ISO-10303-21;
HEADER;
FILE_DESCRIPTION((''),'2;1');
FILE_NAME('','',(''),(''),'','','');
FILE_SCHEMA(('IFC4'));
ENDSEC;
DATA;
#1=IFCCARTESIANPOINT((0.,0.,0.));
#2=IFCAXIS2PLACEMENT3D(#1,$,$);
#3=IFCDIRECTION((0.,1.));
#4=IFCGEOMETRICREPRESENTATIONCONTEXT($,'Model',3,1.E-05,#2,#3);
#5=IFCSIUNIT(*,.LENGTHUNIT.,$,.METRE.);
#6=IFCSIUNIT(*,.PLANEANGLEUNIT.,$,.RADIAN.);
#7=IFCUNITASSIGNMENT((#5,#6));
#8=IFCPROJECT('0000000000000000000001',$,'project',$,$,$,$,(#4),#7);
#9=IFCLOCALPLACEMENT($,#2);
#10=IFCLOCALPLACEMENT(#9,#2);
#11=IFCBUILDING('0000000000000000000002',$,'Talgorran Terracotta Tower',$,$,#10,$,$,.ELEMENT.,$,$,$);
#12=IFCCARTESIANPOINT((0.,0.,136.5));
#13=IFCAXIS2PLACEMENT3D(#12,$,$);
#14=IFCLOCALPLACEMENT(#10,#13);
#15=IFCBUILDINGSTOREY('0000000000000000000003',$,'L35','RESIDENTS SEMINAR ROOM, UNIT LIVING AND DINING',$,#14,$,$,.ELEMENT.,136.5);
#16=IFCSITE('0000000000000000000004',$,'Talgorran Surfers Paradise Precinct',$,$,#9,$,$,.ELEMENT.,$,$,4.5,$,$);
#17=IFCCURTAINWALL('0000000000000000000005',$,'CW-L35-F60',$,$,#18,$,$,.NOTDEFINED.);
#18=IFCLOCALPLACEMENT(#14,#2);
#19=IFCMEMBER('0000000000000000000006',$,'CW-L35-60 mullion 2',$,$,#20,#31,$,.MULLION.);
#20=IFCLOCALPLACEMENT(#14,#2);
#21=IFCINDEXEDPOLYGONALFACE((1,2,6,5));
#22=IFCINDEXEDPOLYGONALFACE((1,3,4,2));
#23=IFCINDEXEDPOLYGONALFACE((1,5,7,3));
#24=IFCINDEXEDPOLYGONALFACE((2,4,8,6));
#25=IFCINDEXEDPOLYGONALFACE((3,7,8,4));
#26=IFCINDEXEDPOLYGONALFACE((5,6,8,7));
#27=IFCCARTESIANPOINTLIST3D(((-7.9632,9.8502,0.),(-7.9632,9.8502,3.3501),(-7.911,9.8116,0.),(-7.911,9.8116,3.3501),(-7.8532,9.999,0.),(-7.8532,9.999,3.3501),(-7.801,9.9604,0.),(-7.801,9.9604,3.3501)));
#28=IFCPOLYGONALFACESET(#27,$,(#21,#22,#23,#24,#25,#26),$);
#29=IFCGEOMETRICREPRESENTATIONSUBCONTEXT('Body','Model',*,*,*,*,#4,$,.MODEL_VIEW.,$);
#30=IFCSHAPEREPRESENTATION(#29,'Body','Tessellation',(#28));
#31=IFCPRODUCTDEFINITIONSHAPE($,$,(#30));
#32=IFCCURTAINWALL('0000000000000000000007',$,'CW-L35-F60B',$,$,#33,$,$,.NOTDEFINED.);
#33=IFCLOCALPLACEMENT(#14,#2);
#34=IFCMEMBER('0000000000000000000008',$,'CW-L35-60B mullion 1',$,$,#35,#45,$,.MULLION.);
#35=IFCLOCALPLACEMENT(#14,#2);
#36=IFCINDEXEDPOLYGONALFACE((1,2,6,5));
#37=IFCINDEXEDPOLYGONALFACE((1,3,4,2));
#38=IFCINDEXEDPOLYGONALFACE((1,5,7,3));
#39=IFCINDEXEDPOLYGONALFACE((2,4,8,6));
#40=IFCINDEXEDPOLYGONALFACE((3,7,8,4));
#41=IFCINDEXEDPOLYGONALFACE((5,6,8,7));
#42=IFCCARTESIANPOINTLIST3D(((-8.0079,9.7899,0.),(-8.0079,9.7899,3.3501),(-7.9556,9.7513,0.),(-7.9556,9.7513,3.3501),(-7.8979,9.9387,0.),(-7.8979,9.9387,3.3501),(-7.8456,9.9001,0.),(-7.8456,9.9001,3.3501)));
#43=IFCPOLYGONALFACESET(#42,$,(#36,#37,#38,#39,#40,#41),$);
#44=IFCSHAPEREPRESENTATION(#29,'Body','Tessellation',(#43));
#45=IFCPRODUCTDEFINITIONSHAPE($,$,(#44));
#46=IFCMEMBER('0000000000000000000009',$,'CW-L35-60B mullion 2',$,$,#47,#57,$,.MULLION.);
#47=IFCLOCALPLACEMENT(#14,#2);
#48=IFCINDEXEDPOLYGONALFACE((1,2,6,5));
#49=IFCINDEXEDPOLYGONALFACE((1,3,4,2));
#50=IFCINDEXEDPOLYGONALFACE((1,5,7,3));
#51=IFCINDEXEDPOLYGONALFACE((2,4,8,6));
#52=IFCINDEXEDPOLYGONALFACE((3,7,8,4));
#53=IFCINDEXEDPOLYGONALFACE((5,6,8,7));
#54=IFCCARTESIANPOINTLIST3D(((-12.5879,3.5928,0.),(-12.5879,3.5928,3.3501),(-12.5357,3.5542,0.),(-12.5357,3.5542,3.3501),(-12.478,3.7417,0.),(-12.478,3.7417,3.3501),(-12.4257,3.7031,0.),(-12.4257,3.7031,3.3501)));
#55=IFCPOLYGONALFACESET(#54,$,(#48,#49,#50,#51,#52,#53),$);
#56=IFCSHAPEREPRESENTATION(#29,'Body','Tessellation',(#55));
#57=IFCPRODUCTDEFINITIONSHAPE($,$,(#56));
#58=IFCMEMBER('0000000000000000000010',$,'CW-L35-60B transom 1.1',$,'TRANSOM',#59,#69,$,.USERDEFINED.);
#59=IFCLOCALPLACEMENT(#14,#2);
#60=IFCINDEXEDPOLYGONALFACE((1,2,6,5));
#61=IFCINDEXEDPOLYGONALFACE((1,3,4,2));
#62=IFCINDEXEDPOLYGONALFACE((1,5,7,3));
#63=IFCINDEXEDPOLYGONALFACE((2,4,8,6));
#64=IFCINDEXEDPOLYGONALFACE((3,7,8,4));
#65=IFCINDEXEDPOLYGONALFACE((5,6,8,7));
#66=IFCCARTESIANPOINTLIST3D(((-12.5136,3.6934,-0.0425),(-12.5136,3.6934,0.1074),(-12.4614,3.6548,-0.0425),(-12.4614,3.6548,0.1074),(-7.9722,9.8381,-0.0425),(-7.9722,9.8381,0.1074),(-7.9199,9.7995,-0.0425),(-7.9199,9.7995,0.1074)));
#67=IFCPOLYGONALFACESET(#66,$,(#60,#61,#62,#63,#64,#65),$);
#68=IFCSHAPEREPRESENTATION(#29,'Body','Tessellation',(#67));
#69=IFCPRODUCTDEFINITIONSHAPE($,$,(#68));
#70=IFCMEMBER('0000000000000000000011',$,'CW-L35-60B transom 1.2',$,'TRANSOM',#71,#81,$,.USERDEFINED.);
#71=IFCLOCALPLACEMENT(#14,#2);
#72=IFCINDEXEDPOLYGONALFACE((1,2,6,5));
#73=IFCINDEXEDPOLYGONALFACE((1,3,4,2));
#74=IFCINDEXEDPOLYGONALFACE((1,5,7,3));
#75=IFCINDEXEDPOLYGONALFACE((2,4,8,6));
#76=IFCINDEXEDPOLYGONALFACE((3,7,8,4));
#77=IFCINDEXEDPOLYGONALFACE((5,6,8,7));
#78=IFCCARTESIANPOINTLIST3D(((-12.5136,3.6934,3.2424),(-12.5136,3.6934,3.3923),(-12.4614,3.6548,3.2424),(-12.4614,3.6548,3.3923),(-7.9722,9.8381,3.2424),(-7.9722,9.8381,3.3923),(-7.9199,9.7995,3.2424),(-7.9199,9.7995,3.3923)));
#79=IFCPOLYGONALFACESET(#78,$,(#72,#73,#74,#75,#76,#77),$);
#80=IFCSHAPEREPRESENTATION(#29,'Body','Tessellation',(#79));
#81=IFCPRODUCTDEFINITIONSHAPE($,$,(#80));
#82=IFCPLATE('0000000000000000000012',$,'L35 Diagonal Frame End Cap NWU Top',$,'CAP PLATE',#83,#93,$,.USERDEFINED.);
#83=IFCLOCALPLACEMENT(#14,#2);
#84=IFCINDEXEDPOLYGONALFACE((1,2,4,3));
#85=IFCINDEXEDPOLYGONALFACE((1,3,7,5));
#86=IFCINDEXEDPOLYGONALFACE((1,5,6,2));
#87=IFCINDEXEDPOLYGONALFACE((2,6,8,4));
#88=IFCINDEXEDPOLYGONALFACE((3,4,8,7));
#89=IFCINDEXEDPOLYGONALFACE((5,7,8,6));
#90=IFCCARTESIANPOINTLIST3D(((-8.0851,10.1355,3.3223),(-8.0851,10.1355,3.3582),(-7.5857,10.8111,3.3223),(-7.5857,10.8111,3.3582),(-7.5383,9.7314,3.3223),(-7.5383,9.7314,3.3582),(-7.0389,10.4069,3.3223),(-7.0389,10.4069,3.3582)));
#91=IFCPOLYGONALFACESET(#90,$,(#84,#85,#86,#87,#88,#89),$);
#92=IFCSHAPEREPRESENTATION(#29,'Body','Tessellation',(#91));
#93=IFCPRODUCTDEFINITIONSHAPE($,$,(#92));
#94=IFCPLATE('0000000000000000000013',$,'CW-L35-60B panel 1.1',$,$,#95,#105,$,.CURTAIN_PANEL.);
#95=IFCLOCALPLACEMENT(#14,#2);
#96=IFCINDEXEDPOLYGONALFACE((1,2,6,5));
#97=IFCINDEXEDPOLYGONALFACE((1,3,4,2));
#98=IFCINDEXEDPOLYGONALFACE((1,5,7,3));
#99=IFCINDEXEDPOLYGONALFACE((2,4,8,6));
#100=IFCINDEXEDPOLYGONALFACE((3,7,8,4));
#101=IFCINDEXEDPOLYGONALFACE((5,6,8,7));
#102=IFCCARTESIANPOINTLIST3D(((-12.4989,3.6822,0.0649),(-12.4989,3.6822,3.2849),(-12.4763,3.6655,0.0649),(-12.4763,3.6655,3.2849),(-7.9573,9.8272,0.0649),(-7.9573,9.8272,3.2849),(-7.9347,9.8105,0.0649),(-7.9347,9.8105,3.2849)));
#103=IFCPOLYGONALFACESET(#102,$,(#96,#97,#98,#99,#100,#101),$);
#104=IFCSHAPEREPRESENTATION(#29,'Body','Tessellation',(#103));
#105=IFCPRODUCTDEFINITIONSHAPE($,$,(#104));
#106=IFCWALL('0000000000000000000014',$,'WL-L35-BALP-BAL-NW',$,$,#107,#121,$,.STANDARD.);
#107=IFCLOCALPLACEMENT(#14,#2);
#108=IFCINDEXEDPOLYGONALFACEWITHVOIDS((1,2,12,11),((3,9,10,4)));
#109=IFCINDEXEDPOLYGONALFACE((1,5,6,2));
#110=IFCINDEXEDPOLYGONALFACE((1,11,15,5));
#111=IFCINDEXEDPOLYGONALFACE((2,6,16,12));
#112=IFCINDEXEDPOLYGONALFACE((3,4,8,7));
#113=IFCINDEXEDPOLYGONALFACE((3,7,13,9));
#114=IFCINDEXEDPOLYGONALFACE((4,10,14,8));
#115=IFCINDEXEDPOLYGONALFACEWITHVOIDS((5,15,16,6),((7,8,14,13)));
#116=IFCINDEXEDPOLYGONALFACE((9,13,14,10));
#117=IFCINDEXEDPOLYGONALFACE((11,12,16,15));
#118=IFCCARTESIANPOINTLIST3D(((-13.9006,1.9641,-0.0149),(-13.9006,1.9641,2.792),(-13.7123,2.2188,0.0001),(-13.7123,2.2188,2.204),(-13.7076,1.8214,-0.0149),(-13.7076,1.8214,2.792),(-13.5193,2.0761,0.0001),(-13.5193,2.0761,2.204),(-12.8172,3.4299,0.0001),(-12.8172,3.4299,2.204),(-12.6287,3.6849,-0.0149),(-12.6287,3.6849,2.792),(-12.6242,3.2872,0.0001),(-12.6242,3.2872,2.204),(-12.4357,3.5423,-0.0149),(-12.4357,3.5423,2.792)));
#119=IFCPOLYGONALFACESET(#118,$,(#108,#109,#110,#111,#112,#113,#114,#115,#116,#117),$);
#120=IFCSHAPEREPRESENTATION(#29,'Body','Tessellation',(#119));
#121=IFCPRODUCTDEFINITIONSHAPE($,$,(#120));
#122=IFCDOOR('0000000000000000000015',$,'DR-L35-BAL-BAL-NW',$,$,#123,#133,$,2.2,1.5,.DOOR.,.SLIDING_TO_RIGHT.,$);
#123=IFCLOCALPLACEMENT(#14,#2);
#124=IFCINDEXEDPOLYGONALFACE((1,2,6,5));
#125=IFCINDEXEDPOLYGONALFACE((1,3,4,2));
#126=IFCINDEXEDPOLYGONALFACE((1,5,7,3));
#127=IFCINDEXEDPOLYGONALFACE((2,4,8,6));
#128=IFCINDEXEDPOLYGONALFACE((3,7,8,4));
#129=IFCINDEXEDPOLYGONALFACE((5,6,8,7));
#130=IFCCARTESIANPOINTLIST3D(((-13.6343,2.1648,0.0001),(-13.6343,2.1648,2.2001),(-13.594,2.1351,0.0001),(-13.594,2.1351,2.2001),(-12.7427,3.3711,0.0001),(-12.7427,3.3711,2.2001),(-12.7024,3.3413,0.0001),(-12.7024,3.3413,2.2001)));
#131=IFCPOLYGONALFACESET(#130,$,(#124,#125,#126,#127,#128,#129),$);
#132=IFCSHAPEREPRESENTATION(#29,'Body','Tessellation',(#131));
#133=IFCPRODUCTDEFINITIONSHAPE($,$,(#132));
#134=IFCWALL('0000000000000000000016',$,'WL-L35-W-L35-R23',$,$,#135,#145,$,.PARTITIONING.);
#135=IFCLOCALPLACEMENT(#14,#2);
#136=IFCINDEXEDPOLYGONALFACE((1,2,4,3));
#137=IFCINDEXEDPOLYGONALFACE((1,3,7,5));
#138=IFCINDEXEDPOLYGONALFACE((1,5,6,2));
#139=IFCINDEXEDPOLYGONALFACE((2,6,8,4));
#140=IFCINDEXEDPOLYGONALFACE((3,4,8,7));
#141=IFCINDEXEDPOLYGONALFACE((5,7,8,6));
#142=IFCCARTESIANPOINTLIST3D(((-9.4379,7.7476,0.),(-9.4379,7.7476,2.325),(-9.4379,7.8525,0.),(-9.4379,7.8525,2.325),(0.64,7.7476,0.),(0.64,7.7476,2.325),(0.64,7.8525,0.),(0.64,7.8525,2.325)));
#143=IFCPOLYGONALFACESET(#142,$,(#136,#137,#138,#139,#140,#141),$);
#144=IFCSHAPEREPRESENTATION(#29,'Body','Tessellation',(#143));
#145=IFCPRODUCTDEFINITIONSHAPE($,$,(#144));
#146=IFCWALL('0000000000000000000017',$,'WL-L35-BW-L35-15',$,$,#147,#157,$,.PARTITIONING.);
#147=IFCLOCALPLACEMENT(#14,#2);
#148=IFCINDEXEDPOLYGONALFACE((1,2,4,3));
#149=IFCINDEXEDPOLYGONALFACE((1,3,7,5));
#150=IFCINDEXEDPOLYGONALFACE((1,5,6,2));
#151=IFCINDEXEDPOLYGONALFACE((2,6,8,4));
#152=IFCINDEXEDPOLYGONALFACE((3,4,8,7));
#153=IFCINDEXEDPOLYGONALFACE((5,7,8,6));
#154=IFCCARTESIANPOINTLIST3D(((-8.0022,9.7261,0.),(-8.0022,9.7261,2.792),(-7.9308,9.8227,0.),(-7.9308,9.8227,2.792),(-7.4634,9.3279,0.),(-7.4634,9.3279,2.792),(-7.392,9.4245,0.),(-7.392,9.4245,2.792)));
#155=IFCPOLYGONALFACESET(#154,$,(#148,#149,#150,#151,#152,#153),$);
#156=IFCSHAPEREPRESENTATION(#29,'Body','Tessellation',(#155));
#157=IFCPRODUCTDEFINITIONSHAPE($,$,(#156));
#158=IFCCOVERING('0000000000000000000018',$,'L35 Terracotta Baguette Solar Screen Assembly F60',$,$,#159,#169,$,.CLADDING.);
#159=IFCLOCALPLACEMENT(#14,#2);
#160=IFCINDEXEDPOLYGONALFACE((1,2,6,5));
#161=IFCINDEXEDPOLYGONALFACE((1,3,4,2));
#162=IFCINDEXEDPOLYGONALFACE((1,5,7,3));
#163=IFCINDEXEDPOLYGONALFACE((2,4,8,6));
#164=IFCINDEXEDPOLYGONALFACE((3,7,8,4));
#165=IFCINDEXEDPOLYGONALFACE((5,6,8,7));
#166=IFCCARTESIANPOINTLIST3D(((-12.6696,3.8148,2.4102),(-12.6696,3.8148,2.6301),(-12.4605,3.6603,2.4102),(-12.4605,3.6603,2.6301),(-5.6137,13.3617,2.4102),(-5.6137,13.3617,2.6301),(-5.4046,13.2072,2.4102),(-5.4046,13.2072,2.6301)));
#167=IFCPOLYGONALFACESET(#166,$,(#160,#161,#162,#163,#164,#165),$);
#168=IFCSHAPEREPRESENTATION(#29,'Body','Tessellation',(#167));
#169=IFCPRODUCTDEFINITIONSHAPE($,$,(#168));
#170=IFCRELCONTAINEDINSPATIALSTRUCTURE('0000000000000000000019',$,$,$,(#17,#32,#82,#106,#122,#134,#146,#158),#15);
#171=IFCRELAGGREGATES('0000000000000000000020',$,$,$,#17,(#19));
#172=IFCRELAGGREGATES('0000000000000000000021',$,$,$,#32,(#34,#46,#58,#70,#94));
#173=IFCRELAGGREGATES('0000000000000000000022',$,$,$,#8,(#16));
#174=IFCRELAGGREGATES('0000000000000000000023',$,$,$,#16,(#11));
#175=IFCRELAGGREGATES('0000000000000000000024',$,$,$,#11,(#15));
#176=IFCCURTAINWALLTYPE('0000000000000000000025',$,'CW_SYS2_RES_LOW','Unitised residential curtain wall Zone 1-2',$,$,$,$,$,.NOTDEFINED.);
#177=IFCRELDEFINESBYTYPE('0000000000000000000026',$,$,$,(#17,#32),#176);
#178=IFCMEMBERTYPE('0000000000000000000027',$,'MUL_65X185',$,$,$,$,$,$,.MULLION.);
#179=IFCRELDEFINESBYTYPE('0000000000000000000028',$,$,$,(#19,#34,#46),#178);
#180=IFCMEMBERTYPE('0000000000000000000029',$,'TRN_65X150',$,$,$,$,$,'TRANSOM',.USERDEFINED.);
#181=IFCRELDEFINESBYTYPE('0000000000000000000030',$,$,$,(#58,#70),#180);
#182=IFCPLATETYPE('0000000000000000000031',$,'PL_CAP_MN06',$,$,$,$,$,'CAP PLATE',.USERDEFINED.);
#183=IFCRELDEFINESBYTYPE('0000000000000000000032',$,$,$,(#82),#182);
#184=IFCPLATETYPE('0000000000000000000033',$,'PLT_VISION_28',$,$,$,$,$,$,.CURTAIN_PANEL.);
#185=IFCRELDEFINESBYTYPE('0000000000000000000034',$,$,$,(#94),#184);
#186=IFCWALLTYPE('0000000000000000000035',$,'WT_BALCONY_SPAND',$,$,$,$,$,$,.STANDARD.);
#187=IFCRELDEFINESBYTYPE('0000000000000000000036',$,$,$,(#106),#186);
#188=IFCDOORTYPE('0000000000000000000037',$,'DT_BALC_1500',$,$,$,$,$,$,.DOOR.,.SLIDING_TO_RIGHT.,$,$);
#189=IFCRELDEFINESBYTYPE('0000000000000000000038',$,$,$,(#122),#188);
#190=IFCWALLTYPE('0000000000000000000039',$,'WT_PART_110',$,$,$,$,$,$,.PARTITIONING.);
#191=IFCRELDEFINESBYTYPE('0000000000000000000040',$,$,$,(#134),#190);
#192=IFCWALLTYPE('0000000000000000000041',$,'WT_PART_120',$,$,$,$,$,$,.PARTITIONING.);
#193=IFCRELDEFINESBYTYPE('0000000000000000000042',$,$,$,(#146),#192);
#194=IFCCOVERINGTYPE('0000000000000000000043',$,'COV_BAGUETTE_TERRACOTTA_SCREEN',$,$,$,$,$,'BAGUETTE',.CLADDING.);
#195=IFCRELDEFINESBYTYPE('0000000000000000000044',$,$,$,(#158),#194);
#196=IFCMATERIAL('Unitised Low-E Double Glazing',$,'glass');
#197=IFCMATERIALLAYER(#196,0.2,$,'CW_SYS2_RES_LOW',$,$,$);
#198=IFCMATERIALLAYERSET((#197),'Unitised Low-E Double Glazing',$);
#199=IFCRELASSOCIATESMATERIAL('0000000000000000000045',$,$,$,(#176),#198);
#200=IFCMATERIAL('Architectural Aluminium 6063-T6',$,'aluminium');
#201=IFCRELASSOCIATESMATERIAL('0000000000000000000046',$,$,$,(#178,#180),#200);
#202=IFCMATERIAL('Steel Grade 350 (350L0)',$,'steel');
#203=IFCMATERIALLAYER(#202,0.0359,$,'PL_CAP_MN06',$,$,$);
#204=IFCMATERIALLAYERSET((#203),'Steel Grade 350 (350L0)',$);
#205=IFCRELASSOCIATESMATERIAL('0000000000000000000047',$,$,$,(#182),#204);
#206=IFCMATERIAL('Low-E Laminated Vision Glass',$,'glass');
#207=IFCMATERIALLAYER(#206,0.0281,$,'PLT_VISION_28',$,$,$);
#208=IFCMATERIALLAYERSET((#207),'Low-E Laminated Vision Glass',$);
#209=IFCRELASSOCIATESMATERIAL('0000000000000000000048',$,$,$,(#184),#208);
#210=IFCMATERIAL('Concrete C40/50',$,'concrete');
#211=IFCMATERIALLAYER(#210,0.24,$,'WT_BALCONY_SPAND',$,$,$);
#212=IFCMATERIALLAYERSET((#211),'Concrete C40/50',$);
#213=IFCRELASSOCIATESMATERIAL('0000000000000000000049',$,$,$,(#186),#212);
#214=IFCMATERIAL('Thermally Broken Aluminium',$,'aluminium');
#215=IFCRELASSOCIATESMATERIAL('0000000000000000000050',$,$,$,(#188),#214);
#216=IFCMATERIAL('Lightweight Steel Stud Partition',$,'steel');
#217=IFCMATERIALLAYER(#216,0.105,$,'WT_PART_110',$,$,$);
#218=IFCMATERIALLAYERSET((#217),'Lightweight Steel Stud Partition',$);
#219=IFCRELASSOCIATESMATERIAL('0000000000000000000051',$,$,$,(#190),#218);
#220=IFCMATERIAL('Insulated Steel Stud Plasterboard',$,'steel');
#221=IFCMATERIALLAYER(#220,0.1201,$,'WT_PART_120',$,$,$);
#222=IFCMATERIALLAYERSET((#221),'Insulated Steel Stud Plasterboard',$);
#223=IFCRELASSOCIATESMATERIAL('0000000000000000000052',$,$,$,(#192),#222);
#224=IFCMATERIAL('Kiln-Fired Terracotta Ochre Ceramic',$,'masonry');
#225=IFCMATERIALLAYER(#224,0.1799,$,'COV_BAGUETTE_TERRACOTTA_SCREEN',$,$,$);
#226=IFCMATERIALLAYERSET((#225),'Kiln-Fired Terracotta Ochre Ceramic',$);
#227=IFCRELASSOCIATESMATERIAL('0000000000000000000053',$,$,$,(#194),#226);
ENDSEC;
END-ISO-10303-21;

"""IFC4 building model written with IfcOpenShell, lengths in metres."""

from ifc_helpers import new_model, si_unit, direction, frame, frame_2d, origin, origin_2d, place, context, subcontext, project, spatial, rectangle, extrude, source, transform, mapped, material, layer, layer_set, material_profile, profile_set, type_object, type_shapes, element, fill, aggregate, save


model = new_model("IFC4")

# Units and contexts
model_context = context("Model", 3, precision=1e-05, world=origin(), true_north=direction((0.0, 1.0)))
body_context = subcontext(model_context, "Body", "Model", "MODEL_VIEW")
ifc_project = project(units=[si_unit("LENGTHUNIT", "METRE"), si_unit("PLANEANGLEUNIT", "RADIAN")], contexts=[model_context])

# Site, building, storey
site_placement = place(None, origin())
site = spatial("IfcSite", under=ifc_project, at=site_placement, Name="Talgorran Surfers Paradise Precinct", CompositionType="ELEMENT", RefElevation=4.5)
building_placement = place(site_placement, origin())
building = spatial("IfcBuilding", under=site, at=building_placement, Name="Talgorran Terracotta Tower", CompositionType="ELEMENT")
storey_placement = place(building_placement, frame((0.0, 0.0, 136.5)))
storey = spatial("IfcBuildingStorey", under=building, at=storey_placement, Name="L35", Description="RESIDENTS SEMINAR ROOM, UNIT LIVING AND DINING", CompositionType="ELEMENT", Elevation=136.5)

# Shared definitions
ifc_material_1 = material(Name="Steel Grade 350 (350L0)", Category="steel")

# Curtain wall, member
ifc_material_2 = material(Name="Unitised Low-E Double Glazing", Category="glass")
ifc_layer_1 = layer(ifc_material_2, 0.2, Name="CW_SYS2_RES_LOW")
ifc_layer_set_1 = layer_set([ifc_layer_1], Name="Unitised Low-E Double Glazing")
curtain_wall_type = type_object("IfcCurtainWallType", Name="CW_SYS2_RES_LOW", Description="Unitised residential curtain wall Zone 1-2", PredefinedType="NOTDEFINED", material=ifc_layer_set_1)
curtain_wall_1_placement = place(storey_placement, origin())
curtain_wall_1 = element("IfcCurtainWall", 1, at=curtain_wall_1_placement, inside=storey, type_object=curtain_wall_type, Name="CW-L35-F60", PredefinedType="NOTDEFINED")
ifc_material_3 = material(Name="Architectural Aluminium 6063-T6", Category="aluminium")
ifc_material_profile_1 = material_profile(ifc_material_3, rectangle(XDim=0.0649, YDim=0.1851, at=origin_2d()), Name="CWM65X185")
ifc_profile_set_1 = profile_set([ifc_material_profile_1], Name="Architectural Aluminium 6063-T6")
member_type_1 = type_object("IfcMemberType", Name="MUL_65X185", PredefinedType="MULLION", material=ifc_profile_set_1)
member_1_placement = place(storey_placement, frame((-7.8821, 9.9053, 0.0), z_axis=(0.0, 0.0, 1.0), x_axis=(0.804198, -0.594361, 0.0)))
member_1 = element("IfcMember", 2, at=member_1_placement, type_object=member_type_1, Name="CW-L35-60 mullion 2", PredefinedType="MULLION", context=body_context, shape_type="SweptSolid", body=[
    extrude(rectangle(XDim=0.0649, YDim=0.1851, at=origin_2d()), origin(), (0.0, 0.0, 1.0), 3.3501),
])
aggregate(curtain_wall_1, [member_1])

# Curtain wall, members
curtain_wall_2_placement = place(storey_placement, origin())
curtain_wall_2 = element("IfcCurtainWall", 3, at=curtain_wall_2_placement, inside=storey, type_object=curtain_wall_type, Name="CW-L35-F60B", PredefinedType="NOTDEFINED")
member_2_placement = place(storey_placement, frame((-7.9268, 9.845, 0.0), z_axis=(0.0, 0.0, 1.0), x_axis=(0.804196, -0.594364, 0.0)))
member_2 = element("IfcMember", 4, at=member_2_placement, type_object=member_type_1, Name="CW-L35-60B mullion 1", PredefinedType="MULLION", context=body_context, shape_type="SweptSolid", body=[
    extrude(rectangle(XDim=0.0649, YDim=0.1851, at=origin_2d()), origin(), (0.0, 0.0, 1.0), 3.3501),
])
member_3_placement = place(storey_placement, frame((-12.5068, 3.6479, 0.0), z_axis=(0.0, 0.0, 1.0), x_axis=(0.804196, -0.594364, 0.0)))
member_3 = element("IfcMember", 5, at=member_3_placement, type_object=member_type_1, Name="CW-L35-60B mullion 2", PredefinedType="MULLION", context=body_context, shape_type="SweptSolid", body=[
    extrude(rectangle(XDim=0.0649, YDim=0.1851, at=origin_2d()), origin(), (0.0, 0.0, 1.0), 3.3501),
])
ifc_material_profile_2 = material_profile(ifc_material_3, rectangle(XDim=0.0649, YDim=0.1499, at=origin_2d()), Name="CWT65X150")
ifc_profile_set_2 = profile_set([ifc_material_profile_2], Name="Architectural Aluminium 6063-T6")
member_type_2 = type_object("IfcMemberType", Name="TRN_65X150", ElementType="TRANSOM", PredefinedType="USERDEFINED", material=ifc_profile_set_2)
member_4_placement = place(storey_placement, frame((-7.946, 9.8188, 0.0325), z_axis=(-0.594367, -0.804194, 0.0), x_axis=(0.804194, -0.594367, 0.0)))
member_4 = element("IfcMember", 6, at=member_4_placement, type_object=member_type_2, Name="CW-L35-60B transom 1.1", ObjectType="TRANSOM", PredefinedType="USERDEFINED", context=body_context, shape_type="SweptSolid", body=[
    extrude(rectangle(XDim=0.0649, YDim=0.1499, at=origin_2d()), origin(), (0.0, 0.0, 1.0), 7.6409),
])
member_5_placement = place(storey_placement, frame((-7.946, 9.8188, 3.3174), z_axis=(-0.594367, -0.804194, 0.0), x_axis=(0.804194, -0.594367, 0.0)))
member_5 = element("IfcMember", 7, at=member_5_placement, type_object=member_type_2, Name="CW-L35-60B transom 1.2", ObjectType="TRANSOM", PredefinedType="USERDEFINED", context=body_context, shape_type="SweptSolid", body=[
    extrude(rectangle(XDim=0.0649, YDim=0.1499, at=origin_2d()), origin(), (0.0, 0.0, 1.0), 7.6409),
])

# Plates
ifc_layer_2 = layer(ifc_material_1, 0.0359, Name="PL_CAP_MN06")
ifc_layer_set_2 = layer_set([ifc_layer_2], Name="Steel Grade 350 (350L0)")
plate_type_1 = type_object("IfcPlateType", Name="PL_CAP_MN06", ElementType="CAP PLATE", PredefinedType="USERDEFINED", material=ifc_layer_set_2)
plate_1_placement = place(storey_placement, frame((-7.562, 10.2712, 3.3223), z_axis=(0.0, 0.0, 1.0), x_axis=(-0.594402, -0.804168, 0.0)))
element("IfcPlate", 8, at=plate_1_placement, inside=storey, type_object=plate_type_1, Name="L35 Diagonal Frame End Cap NWU Top", ObjectType="CAP PLATE", PredefinedType="USERDEFINED", context=body_context, shape_type="SweptSolid", body=[
    extrude(rectangle(XDim=0.8401, YDim=0.6799, at=origin_2d()), origin(), (0.0, 0.0, 1.0), 0.0359),
])
ifc_material_4 = material(Name="Low-E Laminated Vision Glass", Category="glass")
ifc_layer_3 = layer(ifc_material_4, 0.0281, Name="PLT_VISION_28")
ifc_layer_set_3 = layer_set([ifc_layer_3], Name="Low-E Laminated Vision Glass")
plate_type_2 = type_object("IfcPlateType", Name="PLT_VISION_28", PredefinedType="CURTAIN_PANEL", material=ifc_layer_set_3)
shared_shape = source(origin(), body_context, "Body", "SweptSolid", [
    extrude(rectangle(XDim=7.6411, YDim=0.0281, at=origin_2d()), origin(), (0.0, 0.0, 1.0), 3.22),
])
type_shapes(plate_type_2, [shared_shape])
plate_2_placement = place(storey_placement, frame((-10.2168, 6.7463, 0.0649), z_axis=(0.0, 0.0, 1.0), x_axis=(-0.594364, -0.804196, 0.0)))
plate_2 = element("IfcPlate", 9, at=plate_2_placement, type_object=plate_type_2, Name="CW-L35-60B panel 1.1", PredefinedType="CURTAIN_PANEL", context=body_context, shape_type="MappedRepresentation", body=[
    mapped(shared_shape, transform((0.0, 0.0, 0.0), scale=1.0)),
])
aggregate(curtain_wall_2, [member_2, member_3, member_4, member_5, plate_2])

# Wall, opening, door
ifc_material_5 = material(Name="Concrete C40/50", Category="concrete")
ifc_layer_4 = layer(ifc_material_5, 0.24, Name="WT_BALCONY_SPAND")
ifc_layer_set_4 = layer_set([ifc_layer_4], Name="Concrete C40/50")
wall_type_1 = type_object("IfcWallType", Name="WT_BALCONY_SPAND", PredefinedType="STANDARD", material=ifc_layer_set_4)
wall_1_placement = place(storey_placement, frame((-12.5322, 3.6135, -0.0149), z_axis=(0.0, 0.0, 1.0), x_axis=(-0.594381, -0.804183, 0.0)))
wall_1 = element("IfcWall", 10, at=wall_1_placement, inside=storey, type_object=wall_type_1, Name="WL-L35-BALP-BAL-NW", PredefinedType="STANDARD", context=body_context, shape_type="SweptSolid", body=[
    extrude(rectangle(XDim=2.1399, YDim=0.24, at=frame_2d((1.0698, 0.0))), origin(), (0.0, 0.0, 1.0), 2.8069),
])
opening_placement = place(wall_1_placement, frame((0.3201, 0.0, 0.0149)))
opening = element("IfcOpeningElement", 11, at=opening_placement, cuts=wall_1, PredefinedType="OPENING", context=body_context, shape_type="SweptSolid", body=[
    extrude(rectangle(XDim=1.506, YDim=2.204, at=frame_2d((0.75, 1.1021))), frame((0.0, 0.1299, 0.0), z_axis=(0.0, -1.0, 0.0), x_axis=(1.0, 0.0, 0.0)), (0.0, 0.0, 1.0), 0.26),
])
ifc_material_6 = material(Name="Thermally Broken Aluminium", Category="aluminium")
door_type = type_object("IfcDoorType", Name="DT_BALC_1500", OperationType="SLIDING_TO_RIGHT", PredefinedType="DOOR", material=ifc_material_6)
door_placement = place(opening_placement, origin())
door = element("IfcDoor", 12, at=door_placement, inside=storey, type_object=door_type, Name="DR-L35-BAL-BAL-NW", OperationType="SLIDING_TO_RIGHT", OverallHeight=2.2, OverallWidth=1.5, PredefinedType="DOOR", context=body_context, shape_type="SweptSolid", body=[
    extrude(rectangle(XDim=1.5, YDim=2.2, at=frame_2d((0.75, 1.1001))), frame((0.0, 0.0249, 0.0), z_axis=(0.0, -1.0, 0.0), x_axis=(1.0, 0.0, 0.0)), (0.0, 0.0, 1.0), 0.05),
])
fill(opening, door)

# Walls
ifc_material_7 = material(Name="Lightweight Steel Stud Partition", Category="steel")
ifc_layer_5 = layer(ifc_material_7, 0.105, Name="WT_PART_110")
ifc_layer_set_5 = layer_set([ifc_layer_5], Name="Lightweight Steel Stud Partition")
wall_type_2 = type_object("IfcWallType", Name="WT_PART_110", PredefinedType="PARTITIONING", material=ifc_layer_set_5)
wall_2_placement = place(storey_placement, frame((-9.438, 7.8, 0.0), z_axis=(0.0, 0.0, 1.0), x_axis=(1.0, 0.0, 0.0)))
element("IfcWall", 13, at=wall_2_placement, inside=storey, type_object=wall_type_2, Name="WL-L35-W-L35-R23", PredefinedType="PARTITIONING", context=body_context, shape_type="SweptSolid", body=[
    extrude(rectangle(XDim=10.0779, YDim=0.105, at=frame_2d((5.0391, 0.0))), origin(), (0.0, 0.0, 1.0), 2.325),
])
ifc_material_8 = material(Name="Insulated Steel Stud Plasterboard", Category="steel")
ifc_layer_6 = layer(ifc_material_8, 0.1201, Name="WT_PART_120")
ifc_layer_set_6 = layer_set([ifc_layer_6], Name="Insulated Steel Stud Plasterboard")
wall_type_3 = type_object("IfcWallType", Name="WT_PART_120", PredefinedType="PARTITIONING", material=ifc_layer_set_6)
wall_3_placement = place(storey_placement, frame((-7.4277, 9.3762, 0.0), z_axis=(0.0, 0.0, 1.0), x_axis=(-0.804222, 0.59433, 0.0)))
element("IfcWall", 14, at=wall_3_placement, inside=storey, type_object=wall_type_3, Name="WL-L35-BW-L35-15", PredefinedType="PARTITIONING", context=body_context, shape_type="SweptSolid", body=[
    extrude(rectangle(XDim=0.6699, YDim=0.1201, at=frame_2d((0.335, 0.0))), origin(), (0.0, 0.0, 1.0), 2.792),
])

# Covering
ifc_material_9 = material(Name="Kiln-Fired Terracotta Ochre Ceramic", Category="masonry")
ifc_layer_7 = layer(ifc_material_9, 0.1799, Name="COV_BAGUETTE_TERRACOTTA_SCREEN")
ifc_layer_set_7 = layer_set([ifc_layer_7], Name="Kiln-Fired Terracotta Ochre Ceramic")
covering_type_1 = type_object("IfcCoveringType", Name="COV_BAGUETTE_TERRACOTTA_SCREEN", ElementType="BAGUETTE", PredefinedType="CLADDING", material=ifc_layer_set_7)
covering_1_placement = place(storey_placement, frame((-9.0371, 8.511, 2.4102), z_axis=(0.0, 0.0, 1.0), x_axis=(-0.59436, -0.804199, 0.0)))
element("IfcCovering", 15, at=covering_1_placement, inside=storey, type_object=covering_type_1, Name="L35 Terracotta Baguette Solar Screen Assembly F60", PredefinedType="CLADDING", context=body_context, shape_type="SweptSolid", body=[
    extrude(rectangle(XDim=11.8713, YDim=0.26, at=origin_2d()), origin(), (0.0, 0.0, 1.0), 0.22),
])

save(model, "model.ifc")
